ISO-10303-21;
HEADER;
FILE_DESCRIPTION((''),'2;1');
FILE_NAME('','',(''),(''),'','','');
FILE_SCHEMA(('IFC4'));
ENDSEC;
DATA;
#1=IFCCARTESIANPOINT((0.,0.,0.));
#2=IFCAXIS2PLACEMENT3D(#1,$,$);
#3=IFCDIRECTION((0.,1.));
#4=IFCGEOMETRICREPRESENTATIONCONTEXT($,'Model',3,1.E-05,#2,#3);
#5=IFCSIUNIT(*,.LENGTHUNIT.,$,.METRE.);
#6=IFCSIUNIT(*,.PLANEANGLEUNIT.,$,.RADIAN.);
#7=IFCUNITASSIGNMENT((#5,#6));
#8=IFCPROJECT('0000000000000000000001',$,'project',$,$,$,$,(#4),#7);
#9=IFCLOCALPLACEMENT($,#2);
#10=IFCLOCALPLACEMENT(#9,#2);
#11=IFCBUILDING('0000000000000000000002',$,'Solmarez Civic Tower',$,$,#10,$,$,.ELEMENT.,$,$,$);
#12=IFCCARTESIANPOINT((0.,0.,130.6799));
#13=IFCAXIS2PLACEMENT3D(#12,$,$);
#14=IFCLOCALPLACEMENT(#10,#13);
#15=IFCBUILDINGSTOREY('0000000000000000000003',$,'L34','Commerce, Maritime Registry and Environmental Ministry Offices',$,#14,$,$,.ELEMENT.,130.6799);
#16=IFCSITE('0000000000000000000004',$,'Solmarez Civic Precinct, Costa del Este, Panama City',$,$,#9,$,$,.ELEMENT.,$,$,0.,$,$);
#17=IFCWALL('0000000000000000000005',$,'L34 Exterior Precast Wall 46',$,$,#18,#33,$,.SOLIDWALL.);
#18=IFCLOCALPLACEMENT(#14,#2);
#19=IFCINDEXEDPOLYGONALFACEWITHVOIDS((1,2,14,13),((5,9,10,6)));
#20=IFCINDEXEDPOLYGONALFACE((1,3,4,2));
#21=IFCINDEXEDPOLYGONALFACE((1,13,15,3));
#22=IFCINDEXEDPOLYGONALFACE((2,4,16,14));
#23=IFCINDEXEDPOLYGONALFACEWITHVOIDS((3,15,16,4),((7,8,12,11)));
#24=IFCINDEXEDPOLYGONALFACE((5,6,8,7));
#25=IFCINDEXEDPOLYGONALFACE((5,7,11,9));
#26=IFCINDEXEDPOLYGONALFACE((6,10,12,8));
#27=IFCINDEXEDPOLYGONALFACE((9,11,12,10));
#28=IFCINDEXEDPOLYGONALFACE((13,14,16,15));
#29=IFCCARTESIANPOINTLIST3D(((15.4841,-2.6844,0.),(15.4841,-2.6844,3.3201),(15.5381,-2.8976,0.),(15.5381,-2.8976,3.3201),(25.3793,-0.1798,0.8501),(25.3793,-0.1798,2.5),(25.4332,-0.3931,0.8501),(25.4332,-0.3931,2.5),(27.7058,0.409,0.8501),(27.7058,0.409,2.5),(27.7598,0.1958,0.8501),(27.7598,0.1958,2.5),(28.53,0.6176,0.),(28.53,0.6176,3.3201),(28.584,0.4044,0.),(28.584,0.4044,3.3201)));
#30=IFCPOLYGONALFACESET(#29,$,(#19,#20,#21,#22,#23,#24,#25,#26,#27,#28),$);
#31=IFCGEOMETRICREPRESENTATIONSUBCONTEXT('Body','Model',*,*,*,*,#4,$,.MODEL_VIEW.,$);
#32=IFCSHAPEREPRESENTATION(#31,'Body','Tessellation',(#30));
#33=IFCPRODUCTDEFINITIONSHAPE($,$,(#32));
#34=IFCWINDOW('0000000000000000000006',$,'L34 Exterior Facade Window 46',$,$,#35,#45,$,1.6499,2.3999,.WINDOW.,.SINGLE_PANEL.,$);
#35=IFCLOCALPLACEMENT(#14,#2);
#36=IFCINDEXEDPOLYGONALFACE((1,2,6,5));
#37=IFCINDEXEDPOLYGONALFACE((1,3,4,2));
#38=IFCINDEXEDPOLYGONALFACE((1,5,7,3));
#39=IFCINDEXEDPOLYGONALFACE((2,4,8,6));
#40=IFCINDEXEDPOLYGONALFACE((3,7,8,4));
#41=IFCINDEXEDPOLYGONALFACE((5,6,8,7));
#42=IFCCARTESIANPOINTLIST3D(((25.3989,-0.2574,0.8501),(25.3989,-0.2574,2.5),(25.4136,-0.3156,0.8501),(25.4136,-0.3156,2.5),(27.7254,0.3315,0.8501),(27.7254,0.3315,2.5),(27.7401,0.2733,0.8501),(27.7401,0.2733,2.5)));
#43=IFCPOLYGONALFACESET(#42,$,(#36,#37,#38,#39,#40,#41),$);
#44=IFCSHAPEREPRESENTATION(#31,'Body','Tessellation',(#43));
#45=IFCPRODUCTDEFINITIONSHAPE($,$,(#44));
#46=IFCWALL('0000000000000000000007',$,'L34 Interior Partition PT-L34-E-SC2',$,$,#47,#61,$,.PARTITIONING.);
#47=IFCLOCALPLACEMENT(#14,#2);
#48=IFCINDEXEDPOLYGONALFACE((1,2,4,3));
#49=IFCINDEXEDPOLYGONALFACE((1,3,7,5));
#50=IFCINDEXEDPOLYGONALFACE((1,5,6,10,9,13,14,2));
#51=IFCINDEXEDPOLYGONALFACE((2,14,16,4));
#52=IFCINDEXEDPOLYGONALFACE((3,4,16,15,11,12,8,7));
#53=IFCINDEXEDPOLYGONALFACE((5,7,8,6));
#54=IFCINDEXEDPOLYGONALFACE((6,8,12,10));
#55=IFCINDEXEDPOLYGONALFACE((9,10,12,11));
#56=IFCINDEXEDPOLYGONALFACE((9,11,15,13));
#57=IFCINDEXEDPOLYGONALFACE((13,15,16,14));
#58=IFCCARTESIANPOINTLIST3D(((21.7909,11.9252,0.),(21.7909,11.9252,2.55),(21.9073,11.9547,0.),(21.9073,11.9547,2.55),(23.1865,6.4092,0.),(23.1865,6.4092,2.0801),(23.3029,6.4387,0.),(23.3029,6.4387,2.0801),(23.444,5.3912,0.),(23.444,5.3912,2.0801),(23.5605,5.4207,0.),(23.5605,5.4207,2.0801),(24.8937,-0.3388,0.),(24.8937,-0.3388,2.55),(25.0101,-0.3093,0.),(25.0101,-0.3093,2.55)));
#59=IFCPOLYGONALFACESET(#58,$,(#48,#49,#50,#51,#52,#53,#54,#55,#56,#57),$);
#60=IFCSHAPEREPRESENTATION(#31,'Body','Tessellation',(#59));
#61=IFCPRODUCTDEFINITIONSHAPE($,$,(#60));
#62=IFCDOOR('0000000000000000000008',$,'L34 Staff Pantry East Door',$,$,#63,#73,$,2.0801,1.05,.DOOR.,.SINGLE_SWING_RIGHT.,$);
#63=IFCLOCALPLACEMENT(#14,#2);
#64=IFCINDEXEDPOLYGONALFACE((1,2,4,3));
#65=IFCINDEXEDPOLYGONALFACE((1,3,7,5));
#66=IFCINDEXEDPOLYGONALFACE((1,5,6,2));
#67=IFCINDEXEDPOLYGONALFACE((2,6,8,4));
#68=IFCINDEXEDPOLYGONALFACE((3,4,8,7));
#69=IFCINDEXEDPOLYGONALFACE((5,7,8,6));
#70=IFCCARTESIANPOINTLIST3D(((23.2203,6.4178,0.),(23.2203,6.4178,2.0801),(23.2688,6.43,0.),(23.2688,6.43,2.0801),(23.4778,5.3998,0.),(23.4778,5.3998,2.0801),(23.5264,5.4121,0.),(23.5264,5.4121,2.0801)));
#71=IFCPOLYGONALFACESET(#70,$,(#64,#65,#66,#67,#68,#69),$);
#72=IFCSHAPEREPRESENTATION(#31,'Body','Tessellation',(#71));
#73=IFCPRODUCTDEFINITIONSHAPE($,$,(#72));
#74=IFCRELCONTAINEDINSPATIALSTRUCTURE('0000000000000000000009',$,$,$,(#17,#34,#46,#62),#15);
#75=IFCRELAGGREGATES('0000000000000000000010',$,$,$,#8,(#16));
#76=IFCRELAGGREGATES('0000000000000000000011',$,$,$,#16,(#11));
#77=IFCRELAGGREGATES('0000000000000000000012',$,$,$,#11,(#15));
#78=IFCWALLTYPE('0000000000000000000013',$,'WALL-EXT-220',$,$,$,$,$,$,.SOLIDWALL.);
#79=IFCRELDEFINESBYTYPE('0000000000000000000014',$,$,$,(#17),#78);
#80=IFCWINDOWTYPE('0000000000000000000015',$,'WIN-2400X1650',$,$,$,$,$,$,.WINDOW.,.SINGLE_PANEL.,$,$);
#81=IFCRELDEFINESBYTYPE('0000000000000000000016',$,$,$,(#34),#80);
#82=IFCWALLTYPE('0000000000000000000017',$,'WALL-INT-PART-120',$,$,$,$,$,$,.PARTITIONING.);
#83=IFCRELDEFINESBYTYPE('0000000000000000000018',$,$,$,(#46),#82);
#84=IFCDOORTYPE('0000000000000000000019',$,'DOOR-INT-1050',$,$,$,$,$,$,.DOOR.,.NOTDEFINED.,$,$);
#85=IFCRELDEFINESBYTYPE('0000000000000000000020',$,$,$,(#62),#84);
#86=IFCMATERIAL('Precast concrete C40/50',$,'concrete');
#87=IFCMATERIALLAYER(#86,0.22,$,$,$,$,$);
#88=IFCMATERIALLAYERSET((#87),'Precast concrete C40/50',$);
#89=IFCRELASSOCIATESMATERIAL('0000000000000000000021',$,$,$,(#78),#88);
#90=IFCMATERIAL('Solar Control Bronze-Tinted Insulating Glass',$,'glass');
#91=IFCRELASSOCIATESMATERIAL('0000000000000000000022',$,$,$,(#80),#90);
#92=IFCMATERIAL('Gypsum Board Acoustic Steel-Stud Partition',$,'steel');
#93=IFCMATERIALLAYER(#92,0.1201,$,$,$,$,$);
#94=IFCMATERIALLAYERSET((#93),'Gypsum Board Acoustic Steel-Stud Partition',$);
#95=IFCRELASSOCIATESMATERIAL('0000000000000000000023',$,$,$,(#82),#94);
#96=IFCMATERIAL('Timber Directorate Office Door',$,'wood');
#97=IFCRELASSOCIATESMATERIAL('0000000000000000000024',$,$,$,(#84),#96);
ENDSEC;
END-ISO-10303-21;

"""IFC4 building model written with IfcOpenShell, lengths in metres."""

from ifc_helpers import new_model, si_unit, direction, frame, frame_2d, origin, place, context, subcontext, project, spatial, rectangle, extrude, material, layer, layer_set, type_object, element, fill, save


model = new_model("IFC4")

# Units and contexts
model_context = context("Model", 3, precision=1e-05, world=origin(), true_north=direction((0.0, 1.0)))
body_context = subcontext(model_context, "Body", "Model", "MODEL_VIEW")
ifc_project = project(units=[si_unit("LENGTHUNIT", "METRE"), si_unit("PLANEANGLEUNIT", "RADIAN")], contexts=[model_context])

# Site, building, storey
site_placement = place(None, origin())
site = spatial("IfcSite", under=ifc_project, at=site_placement, Name="Solmarez Civic Precinct, Costa del Este, Panama City", CompositionType="ELEMENT", RefElevation=0.0)
building_placement = place(site_placement, origin())
building = spatial("IfcBuilding", under=site, at=building_placement, Name="Solmarez Civic Tower", CompositionType="ELEMENT")
storey_placement = place(building_placement, frame((0.0, 0.0, 130.6799)))
storey = spatial("IfcBuildingStorey", under=building, at=storey_placement, Name="L34", Description="Commerce, Maritime Registry and Environmental Ministry Offices", CompositionType="ELEMENT", Elevation=130.6799)

# Shared definitions
ifc_material_1 = material(Name="Precast concrete C40/50", Category="concrete")
ifc_layer_1 = layer(ifc_material_1, 0.22)
ifc_layer_set_1 = layer_set([ifc_layer_1], Name="Precast concrete C40/50")
wall_type_1 = type_object("IfcWallType", Name="WALL-EXT-220", PredefinedType="SOLIDWALL", material=ifc_layer_set_1)

# Shared definitions
ifc_material_2 = material(Name="Solar Control Bronze-Tinted Insulating Glass", Category="glass")

# Wall, opening, window
wall_1_placement = place(storey_placement, frame((28.5569, 0.511, 0.0), z_axis=(0.0, 0.0, 1.0), x_axis=(-0.96943, -0.245369, 0.0)))
wall_1 = element("IfcWall", 1, at=wall_1_placement, inside=storey, type_object=wall_type_1, Name="L34 Exterior Precast Wall 46", PredefinedType="SOLIDWALL", context=body_context, shape_type="SweptSolid", body=[
    extrude(rectangle(XDim=13.4573, YDim=0.22, at=frame_2d((6.7285, 0.0))), origin(), (0.0, 0.0, 1.0), 3.3201),
])
opening_1_placement = place(wall_1_placement, frame((0.8501, 0.0, 0.8501)))
opening_1 = element("IfcOpeningElement", 2, at=opening_1_placement, cuts=wall_1, PredefinedType="OPENING", context=body_context, shape_type="SweptSolid", body=[
    extrude(rectangle(XDim=2.3999, YDim=1.6499, at=frame_2d((1.2, 0.825))), frame((0.0, 0.1199, 0.0), z_axis=(0.0, -1.0, 0.0), x_axis=(1.0, 0.0, 0.0)), (0.0, 0.0, 1.0), 0.24),
])
window_type_1 = type_object("IfcWindowType", Name="WIN-2400X1650", PartitioningType="SINGLE_PANEL", PredefinedType="WINDOW", material=ifc_material_2)
window_1_placement = place(opening_1_placement, origin())
window_1 = element("IfcWindow", 3, at=window_1_placement, inside=storey, type_object=window_type_1, Name="L34 Exterior Facade Window 46", OverallHeight=1.6499, OverallWidth=2.3999, PartitioningType="SINGLE_PANEL", PredefinedType="WINDOW", context=body_context, shape_type="SweptSolid", body=[
    extrude(rectangle(XDim=2.3999, YDim=1.6499, at=frame_2d((1.2, 0.825))), frame((0.0, 0.03, 0.0), z_axis=(0.0, -1.0, 0.0), x_axis=(1.0, 0.0, 0.0)), (0.0, 0.0, 1.0), 0.0601),
])
fill(opening_1, window_1)

# Wall, opening, door
ifc_material_3 = material(Name="Gypsum Board Acoustic Steel-Stud Partition", Category="steel")
ifc_layer_2 = layer(ifc_material_3, 0.1201)
ifc_layer_set_2 = layer_set([ifc_layer_2], Name="Gypsum Board Acoustic Steel-Stud Partition")
wall_type_2 = type_object("IfcWallType", Name="WALL-INT-PART-120", PredefinedType="PARTITIONING", material=ifc_layer_set_2)
wall_2_placement = place(storey_placement, frame((21.8491, 11.9399, 0.0), z_axis=(0.0, 0.0, 1.0), x_axis=(0.245273, -0.969454, 0.0)))
wall_2 = element("IfcWall", 4, at=wall_2_placement, inside=storey, type_object=wall_type_2, Name="L34 Interior Partition PT-L34-E-SC2", PredefinedType="PARTITIONING", context=body_context, shape_type="SweptSolid", body=[
    extrude(rectangle(XDim=12.6504, YDim=0.1201, at=frame_2d((6.3252, 0.0))), origin(), (0.0, 0.0, 1.0), 2.55),
])
opening_2_placement = place(wall_2_placement, frame((5.6899, 0.0, 0.0)))
opening_2 = element("IfcOpeningElement", 5, at=opening_2_placement, cuts=wall_2, PredefinedType="OPENING", context=body_context, shape_type="SweptSolid", body=[
    extrude(rectangle(XDim=1.05, YDim=2.0801, at=frame_2d((0.5249, 1.04))), frame((0.0, 0.0701, 0.0), z_axis=(0.0, -1.0, 0.0), x_axis=(1.0, 0.0, 0.0)), (0.0, 0.0, 1.0), 0.1401),
])
ifc_material_4 = material(Name="Timber Directorate Office Door", Category="wood")
door_type = type_object("IfcDoorType", Name="DOOR-INT-1050", OperationType="NOTDEFINED", PredefinedType="DOOR", material=ifc_material_4)
door_placement = place(opening_2_placement, origin())
door = element("IfcDoor", 6, at=door_placement, inside=storey, type_object=door_type, Name="L34 Staff Pantry East Door", OperationType="SINGLE_SWING_RIGHT", OverallHeight=2.0801, OverallWidth=1.05, PredefinedType="DOOR", context=body_context, shape_type="SweptSolid", body=[
    extrude(rectangle(XDim=1.05, YDim=2.0801, at=frame_2d((0.5249, 1.04))), frame((0.0, 0.0249, 0.0), z_axis=(0.0, -1.0, 0.0), x_axis=(1.0, 0.0, 0.0)), (0.0, 0.0, 1.0), 0.05),
])
fill(opening_2, door)

save(model, "model.ifc")
